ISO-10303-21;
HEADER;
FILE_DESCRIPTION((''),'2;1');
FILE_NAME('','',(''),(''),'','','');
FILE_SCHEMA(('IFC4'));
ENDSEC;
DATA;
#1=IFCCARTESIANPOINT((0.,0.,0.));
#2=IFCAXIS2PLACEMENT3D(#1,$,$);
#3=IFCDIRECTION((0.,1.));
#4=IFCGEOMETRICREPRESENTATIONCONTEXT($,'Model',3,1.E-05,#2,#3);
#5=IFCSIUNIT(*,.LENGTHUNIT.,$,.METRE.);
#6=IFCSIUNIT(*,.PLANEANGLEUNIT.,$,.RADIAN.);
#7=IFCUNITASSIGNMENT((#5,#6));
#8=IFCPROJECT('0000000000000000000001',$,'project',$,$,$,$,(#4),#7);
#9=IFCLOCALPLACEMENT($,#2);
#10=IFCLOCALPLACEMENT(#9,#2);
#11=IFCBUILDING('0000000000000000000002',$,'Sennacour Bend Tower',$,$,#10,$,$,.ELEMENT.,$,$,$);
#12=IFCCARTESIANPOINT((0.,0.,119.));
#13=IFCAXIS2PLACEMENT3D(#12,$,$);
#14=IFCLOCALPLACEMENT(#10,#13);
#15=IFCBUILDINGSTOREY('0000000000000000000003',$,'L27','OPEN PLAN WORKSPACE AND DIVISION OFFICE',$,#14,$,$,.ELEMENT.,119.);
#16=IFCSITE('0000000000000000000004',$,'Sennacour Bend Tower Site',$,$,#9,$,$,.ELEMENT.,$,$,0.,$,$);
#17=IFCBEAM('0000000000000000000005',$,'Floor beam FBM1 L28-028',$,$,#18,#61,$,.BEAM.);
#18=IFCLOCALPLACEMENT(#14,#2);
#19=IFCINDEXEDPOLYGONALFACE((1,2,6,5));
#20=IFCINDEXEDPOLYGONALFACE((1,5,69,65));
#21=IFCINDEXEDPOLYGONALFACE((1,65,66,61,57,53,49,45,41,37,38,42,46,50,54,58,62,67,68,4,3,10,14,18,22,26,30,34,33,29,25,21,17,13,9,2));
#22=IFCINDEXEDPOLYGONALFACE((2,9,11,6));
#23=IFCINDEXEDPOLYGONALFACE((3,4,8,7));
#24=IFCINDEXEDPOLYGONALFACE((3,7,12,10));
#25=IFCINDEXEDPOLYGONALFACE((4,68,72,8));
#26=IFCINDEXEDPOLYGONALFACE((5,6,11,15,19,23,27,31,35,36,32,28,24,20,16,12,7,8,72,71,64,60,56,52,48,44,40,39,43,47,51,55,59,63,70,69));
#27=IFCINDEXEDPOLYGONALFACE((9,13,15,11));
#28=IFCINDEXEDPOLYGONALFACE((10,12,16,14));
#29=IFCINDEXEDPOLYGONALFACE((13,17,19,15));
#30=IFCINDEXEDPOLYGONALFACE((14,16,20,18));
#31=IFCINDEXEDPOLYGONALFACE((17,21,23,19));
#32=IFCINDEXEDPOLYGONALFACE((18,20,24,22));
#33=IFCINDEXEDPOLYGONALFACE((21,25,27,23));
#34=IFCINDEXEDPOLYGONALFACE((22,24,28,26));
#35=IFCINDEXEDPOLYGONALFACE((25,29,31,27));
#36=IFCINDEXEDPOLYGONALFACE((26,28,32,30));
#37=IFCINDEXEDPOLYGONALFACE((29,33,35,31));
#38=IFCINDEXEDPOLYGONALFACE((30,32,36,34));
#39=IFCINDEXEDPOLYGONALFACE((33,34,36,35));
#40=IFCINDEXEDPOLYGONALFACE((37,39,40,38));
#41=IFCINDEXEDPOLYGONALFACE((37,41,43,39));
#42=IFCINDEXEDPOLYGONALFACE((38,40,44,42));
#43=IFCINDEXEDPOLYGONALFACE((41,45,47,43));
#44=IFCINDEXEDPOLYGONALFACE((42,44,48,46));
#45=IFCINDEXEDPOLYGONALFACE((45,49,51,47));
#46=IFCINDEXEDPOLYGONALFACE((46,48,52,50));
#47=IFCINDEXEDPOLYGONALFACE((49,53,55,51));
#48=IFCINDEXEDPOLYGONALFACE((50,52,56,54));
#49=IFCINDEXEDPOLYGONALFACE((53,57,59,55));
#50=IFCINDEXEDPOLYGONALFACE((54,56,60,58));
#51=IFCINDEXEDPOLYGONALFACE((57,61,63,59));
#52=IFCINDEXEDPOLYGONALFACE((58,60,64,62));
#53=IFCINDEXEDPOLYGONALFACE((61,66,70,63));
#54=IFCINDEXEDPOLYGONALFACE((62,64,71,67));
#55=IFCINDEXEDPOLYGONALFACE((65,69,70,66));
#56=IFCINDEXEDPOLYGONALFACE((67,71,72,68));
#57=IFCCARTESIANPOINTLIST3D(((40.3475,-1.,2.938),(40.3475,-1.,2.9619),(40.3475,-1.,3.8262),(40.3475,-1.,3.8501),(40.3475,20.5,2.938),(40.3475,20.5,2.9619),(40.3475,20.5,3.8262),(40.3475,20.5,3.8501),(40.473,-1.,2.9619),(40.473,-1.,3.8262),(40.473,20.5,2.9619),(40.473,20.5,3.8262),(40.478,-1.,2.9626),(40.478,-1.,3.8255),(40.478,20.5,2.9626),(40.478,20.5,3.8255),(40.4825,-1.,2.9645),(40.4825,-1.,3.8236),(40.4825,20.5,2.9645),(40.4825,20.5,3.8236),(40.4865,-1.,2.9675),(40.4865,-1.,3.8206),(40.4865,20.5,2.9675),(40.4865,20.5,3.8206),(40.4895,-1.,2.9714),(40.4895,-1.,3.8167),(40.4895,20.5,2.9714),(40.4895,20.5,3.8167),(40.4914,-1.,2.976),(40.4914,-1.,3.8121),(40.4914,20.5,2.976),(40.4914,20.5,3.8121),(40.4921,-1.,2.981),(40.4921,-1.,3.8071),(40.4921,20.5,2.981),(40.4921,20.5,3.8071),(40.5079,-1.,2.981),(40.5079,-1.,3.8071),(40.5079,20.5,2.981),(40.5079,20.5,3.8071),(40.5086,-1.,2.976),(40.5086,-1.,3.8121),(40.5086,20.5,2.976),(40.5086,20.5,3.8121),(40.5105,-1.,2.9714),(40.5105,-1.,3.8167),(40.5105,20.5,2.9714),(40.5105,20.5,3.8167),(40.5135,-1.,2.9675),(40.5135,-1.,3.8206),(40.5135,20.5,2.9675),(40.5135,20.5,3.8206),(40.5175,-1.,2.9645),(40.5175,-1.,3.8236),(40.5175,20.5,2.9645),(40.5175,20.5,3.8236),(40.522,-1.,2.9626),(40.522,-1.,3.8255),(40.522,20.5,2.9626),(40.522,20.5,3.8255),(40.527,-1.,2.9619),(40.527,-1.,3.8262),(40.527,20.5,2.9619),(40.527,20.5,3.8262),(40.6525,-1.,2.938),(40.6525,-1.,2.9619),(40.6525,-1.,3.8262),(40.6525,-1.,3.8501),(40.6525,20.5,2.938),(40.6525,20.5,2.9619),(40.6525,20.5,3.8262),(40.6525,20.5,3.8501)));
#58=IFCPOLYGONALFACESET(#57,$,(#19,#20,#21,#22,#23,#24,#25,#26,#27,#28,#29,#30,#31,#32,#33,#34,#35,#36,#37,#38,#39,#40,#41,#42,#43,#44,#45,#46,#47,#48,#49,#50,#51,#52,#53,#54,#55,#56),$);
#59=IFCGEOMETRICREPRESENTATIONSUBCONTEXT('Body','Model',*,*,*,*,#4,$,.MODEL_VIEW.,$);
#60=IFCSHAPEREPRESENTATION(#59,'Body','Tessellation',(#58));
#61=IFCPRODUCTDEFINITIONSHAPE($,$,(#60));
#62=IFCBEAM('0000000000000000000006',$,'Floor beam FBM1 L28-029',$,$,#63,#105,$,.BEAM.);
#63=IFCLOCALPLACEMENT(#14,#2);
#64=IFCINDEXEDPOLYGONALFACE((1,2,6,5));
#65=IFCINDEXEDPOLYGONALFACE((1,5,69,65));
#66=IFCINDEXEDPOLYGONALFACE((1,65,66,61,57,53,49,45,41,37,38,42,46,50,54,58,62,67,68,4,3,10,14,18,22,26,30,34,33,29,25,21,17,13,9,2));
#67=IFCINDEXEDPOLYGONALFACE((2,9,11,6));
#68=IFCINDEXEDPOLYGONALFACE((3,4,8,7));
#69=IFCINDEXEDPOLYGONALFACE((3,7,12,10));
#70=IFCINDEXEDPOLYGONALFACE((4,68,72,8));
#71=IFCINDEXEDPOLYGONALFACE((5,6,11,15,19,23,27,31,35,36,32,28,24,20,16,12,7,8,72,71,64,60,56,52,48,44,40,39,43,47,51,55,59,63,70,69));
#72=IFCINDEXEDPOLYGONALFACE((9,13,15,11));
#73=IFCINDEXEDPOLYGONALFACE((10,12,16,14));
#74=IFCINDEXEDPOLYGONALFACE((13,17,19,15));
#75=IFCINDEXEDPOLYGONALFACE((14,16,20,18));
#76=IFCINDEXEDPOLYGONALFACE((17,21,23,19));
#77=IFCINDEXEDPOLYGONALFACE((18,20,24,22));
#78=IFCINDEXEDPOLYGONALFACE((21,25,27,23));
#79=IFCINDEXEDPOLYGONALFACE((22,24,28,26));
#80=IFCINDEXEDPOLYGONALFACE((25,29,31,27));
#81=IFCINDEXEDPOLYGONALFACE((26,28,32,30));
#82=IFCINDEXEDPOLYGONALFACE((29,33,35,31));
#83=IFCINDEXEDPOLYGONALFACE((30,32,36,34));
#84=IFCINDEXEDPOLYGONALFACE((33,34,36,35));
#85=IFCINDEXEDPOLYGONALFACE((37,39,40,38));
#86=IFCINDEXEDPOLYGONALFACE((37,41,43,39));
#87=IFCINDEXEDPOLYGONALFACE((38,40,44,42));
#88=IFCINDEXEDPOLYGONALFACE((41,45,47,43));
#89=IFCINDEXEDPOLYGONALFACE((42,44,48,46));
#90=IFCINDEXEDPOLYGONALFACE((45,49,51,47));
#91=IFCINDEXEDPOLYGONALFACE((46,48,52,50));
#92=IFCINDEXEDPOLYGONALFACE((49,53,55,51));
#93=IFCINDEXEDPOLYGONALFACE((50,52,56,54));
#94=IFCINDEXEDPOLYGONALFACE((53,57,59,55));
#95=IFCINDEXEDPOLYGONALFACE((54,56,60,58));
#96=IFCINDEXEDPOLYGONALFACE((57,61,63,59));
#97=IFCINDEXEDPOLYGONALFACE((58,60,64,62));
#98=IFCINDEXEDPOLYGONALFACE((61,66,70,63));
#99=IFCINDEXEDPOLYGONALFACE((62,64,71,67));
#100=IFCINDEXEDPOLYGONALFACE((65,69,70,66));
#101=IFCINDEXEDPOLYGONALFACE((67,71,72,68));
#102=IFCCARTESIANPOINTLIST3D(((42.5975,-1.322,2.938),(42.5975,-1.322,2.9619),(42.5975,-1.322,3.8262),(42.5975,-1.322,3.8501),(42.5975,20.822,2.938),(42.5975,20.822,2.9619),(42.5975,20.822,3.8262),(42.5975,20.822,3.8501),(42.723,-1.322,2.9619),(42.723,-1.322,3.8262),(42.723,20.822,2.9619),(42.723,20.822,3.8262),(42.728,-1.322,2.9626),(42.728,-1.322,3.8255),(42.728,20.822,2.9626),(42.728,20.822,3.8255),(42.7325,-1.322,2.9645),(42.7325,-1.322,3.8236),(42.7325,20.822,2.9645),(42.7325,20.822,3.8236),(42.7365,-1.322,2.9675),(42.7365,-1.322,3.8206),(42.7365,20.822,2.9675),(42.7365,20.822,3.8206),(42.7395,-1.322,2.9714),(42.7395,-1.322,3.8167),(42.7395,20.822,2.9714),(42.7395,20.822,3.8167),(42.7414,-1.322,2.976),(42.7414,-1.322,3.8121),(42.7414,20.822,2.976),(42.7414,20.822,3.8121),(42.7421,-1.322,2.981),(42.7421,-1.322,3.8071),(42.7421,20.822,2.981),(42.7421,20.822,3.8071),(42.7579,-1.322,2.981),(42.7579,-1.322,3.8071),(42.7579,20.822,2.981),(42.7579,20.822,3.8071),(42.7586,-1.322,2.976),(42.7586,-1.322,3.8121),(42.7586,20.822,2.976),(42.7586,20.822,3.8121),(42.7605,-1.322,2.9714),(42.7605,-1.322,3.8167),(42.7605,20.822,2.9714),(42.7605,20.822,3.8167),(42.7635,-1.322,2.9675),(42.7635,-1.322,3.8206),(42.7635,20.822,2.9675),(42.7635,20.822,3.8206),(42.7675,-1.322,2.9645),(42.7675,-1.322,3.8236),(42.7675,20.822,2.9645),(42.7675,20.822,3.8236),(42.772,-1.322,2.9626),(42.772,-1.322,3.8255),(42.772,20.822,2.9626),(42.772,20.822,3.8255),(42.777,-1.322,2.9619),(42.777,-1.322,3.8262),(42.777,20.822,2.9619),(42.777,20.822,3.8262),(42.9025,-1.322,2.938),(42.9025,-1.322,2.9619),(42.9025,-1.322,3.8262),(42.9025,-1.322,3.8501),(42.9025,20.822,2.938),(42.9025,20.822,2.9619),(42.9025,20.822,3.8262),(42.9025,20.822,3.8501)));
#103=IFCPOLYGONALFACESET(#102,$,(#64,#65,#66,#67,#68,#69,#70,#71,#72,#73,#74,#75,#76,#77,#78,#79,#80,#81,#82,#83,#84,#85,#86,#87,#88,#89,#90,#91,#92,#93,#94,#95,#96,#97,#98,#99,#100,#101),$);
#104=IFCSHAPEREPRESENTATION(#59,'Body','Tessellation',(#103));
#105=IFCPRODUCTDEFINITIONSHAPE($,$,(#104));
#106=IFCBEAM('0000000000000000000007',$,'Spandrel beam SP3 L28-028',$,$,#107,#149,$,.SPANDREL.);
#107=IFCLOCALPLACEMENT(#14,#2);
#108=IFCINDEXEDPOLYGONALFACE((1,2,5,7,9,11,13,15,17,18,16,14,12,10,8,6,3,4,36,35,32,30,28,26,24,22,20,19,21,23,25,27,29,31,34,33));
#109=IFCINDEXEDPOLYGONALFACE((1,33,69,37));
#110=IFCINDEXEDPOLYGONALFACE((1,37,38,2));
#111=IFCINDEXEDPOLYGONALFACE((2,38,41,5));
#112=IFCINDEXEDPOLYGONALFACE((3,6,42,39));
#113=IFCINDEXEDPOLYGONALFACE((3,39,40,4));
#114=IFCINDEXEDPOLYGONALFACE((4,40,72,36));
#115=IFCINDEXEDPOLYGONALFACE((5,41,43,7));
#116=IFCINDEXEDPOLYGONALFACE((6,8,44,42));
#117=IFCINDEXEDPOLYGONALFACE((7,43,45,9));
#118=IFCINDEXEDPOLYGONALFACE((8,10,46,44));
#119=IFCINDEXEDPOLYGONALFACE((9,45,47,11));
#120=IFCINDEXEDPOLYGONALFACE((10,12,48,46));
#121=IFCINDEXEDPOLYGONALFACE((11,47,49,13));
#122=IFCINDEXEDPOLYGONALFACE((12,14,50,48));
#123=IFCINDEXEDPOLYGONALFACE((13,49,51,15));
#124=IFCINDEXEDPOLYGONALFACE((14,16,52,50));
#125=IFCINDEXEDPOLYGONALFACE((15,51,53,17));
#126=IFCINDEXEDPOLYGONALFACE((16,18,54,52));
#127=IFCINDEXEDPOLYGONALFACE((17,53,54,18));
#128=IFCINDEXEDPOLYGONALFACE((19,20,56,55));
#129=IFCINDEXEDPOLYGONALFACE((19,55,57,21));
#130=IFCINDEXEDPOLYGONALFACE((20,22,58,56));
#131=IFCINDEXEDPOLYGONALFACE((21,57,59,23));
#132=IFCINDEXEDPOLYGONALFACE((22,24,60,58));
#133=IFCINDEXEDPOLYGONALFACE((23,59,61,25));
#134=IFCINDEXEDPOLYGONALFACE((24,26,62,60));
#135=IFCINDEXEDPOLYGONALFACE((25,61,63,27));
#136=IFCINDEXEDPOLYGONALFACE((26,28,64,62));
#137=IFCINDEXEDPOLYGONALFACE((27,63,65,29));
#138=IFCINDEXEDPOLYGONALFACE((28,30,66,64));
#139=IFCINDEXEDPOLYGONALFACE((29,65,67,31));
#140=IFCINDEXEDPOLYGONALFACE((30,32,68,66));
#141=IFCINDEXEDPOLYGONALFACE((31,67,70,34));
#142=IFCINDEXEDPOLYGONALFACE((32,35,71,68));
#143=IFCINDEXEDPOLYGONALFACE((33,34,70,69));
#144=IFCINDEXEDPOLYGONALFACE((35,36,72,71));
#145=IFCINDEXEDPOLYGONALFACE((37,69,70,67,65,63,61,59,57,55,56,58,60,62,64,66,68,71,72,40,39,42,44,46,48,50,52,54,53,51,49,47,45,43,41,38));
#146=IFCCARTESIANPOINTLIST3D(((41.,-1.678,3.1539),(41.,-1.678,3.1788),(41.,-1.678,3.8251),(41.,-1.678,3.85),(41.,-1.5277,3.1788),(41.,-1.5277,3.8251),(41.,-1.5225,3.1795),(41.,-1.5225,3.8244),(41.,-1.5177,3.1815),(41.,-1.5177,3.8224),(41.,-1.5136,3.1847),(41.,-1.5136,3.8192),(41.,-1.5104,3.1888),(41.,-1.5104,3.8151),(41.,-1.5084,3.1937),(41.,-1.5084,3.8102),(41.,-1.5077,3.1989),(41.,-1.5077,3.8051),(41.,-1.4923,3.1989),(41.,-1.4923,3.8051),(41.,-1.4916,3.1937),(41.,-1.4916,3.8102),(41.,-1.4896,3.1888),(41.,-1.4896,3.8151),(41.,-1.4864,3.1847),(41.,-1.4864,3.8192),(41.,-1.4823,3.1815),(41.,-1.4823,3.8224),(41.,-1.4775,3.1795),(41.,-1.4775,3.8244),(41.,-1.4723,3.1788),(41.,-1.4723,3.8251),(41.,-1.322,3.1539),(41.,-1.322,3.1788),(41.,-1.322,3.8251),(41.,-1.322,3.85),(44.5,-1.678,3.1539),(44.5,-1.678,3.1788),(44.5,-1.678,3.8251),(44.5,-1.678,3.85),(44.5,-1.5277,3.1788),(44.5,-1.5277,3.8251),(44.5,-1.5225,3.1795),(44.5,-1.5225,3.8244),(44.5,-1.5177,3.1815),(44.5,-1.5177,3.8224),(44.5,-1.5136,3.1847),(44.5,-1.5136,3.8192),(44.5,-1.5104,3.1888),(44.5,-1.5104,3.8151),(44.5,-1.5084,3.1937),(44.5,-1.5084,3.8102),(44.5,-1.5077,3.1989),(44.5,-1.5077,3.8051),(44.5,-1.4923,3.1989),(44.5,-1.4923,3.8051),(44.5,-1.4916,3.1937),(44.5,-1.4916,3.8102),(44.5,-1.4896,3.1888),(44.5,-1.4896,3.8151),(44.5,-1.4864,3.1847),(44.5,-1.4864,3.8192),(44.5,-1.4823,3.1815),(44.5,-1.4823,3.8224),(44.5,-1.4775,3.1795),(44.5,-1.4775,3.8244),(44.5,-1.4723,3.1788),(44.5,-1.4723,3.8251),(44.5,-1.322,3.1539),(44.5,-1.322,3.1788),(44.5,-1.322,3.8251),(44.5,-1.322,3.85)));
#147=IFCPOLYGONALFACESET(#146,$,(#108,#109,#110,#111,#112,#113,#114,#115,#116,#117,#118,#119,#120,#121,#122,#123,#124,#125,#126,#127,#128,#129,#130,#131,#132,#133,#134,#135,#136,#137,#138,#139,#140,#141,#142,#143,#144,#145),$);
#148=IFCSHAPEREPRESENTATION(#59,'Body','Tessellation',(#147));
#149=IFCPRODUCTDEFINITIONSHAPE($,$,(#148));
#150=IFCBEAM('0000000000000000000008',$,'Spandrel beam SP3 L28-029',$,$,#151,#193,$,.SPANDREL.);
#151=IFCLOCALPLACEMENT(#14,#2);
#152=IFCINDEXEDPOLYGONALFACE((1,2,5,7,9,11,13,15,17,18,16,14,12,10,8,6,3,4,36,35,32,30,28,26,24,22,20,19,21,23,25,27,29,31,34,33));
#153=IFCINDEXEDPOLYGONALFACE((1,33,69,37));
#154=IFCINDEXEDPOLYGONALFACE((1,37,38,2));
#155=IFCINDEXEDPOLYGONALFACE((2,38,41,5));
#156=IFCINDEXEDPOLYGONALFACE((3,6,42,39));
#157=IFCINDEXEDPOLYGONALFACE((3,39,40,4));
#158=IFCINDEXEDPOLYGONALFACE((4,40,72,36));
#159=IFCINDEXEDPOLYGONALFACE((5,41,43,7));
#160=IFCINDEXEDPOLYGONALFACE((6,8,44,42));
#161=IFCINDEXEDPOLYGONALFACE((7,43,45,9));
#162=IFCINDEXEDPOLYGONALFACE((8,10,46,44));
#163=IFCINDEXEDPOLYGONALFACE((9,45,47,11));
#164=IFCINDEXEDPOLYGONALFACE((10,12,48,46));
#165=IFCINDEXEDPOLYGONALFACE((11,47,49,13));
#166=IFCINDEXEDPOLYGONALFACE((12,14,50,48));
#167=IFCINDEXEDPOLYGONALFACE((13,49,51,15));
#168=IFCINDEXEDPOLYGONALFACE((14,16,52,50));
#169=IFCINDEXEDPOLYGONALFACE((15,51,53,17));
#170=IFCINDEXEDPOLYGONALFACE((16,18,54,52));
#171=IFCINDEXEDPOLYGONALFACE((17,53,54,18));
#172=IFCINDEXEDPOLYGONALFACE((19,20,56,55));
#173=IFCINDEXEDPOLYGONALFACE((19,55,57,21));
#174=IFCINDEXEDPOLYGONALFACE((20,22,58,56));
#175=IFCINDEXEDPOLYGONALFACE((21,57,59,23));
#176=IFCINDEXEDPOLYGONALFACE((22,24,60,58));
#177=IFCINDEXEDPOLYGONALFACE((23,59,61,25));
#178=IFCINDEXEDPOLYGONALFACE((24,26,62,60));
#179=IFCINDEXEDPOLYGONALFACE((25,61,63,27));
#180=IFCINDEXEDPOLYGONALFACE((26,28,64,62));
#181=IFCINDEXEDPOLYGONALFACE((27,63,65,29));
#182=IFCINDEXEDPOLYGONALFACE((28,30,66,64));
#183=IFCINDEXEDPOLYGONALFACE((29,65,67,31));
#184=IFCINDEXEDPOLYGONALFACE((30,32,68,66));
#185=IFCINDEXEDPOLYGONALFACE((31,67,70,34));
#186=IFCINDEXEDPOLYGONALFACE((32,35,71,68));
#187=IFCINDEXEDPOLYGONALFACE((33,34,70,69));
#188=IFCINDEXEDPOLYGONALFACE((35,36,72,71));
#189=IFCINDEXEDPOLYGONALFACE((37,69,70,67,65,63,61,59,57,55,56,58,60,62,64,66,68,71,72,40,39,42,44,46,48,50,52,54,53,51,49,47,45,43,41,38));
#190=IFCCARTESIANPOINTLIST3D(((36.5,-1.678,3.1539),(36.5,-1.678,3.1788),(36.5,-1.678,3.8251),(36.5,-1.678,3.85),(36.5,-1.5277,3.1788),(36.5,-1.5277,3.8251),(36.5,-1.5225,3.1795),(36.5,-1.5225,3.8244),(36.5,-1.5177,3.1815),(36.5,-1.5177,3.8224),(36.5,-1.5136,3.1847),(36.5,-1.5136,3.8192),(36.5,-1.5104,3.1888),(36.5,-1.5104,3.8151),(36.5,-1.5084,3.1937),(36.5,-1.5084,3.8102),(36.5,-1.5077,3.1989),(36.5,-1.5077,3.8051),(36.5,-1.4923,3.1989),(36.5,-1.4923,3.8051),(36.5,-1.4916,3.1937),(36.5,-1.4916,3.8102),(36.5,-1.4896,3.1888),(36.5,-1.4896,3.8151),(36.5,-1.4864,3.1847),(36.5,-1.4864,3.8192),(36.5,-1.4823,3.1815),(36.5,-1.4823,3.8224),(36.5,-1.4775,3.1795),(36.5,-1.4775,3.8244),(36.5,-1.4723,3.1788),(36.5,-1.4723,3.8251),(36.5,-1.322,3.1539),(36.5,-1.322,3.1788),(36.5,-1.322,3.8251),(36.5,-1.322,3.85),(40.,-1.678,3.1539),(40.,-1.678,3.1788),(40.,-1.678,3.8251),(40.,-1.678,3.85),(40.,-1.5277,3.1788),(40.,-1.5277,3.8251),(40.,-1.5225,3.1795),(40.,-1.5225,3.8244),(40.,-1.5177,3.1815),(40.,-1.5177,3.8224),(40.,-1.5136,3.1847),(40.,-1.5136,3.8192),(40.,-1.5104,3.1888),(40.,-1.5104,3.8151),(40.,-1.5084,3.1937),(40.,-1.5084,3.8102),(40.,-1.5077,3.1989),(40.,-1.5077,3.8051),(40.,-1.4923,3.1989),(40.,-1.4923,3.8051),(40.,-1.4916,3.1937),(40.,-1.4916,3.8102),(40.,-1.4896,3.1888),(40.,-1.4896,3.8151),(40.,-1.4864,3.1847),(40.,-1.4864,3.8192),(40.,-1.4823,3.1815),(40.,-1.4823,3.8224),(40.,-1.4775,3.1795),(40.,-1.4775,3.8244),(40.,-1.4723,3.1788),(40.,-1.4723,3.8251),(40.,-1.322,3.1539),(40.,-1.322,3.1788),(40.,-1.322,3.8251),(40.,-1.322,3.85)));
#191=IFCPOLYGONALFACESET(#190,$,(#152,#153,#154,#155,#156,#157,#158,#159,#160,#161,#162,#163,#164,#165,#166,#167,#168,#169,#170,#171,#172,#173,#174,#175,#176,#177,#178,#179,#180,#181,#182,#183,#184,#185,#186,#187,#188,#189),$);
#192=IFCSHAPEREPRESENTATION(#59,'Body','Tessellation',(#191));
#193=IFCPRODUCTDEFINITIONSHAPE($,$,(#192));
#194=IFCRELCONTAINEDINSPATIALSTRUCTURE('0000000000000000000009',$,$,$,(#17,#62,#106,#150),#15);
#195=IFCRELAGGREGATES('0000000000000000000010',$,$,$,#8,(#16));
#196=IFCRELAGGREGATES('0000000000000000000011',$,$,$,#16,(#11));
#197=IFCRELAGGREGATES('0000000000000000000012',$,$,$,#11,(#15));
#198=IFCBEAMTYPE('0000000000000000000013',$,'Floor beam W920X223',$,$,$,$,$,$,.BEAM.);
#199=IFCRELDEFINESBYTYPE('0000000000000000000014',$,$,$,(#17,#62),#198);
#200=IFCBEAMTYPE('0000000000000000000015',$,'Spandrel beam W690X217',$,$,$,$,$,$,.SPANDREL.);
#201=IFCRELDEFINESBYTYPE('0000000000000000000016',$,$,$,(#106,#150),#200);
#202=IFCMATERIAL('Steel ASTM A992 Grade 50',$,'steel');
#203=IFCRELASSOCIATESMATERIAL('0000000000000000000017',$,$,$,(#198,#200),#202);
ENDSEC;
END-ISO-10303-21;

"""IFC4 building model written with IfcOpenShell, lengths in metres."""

from ifc_helpers import new_model, si_unit, direction, frame, origin, origin_2d, place, context, subcontext, project, spatial, i_section, extrude, material, material_profile, profile_set, type_object, element, save


model = new_model("IFC4")

# Units and contexts
model_context = context("Model", 3, precision=1e-05, world=origin(), true_north=direction((0.0, 1.0)))
body_context = subcontext(model_context, "Body", "Model", "MODEL_VIEW")
ifc_project = project(units=[si_unit("LENGTHUNIT", "METRE"), si_unit("PLANEANGLEUNIT", "RADIAN")], contexts=[model_context])

# Site, building, storey
site_placement = place(None, origin())
site = spatial("IfcSite", under=ifc_project, at=site_placement, Name="Sennacour Bend Tower Site", CompositionType="ELEMENT", RefElevation=0.0)
building_placement = place(site_placement, origin())
building = spatial("IfcBuilding", under=site, at=building_placement, Name="Sennacour Bend Tower", CompositionType="ELEMENT")
storey_placement = place(building_placement, frame((0.0, 0.0, 119.0)))
storey = spatial("IfcBuildingStorey", under=building, at=storey_placement, Name="L27", Description="OPEN PLAN WORKSPACE AND DIVISION OFFICE", CompositionType="ELEMENT", Elevation=119.0)

# Beams
ifc_material_1 = material(Name="Steel ASTM A992 Grade 50", Category="steel")
ifc_material_profile_1 = material_profile(ifc_material_1, i_section(OverallWidth=0.3049, OverallDepth=0.9121, WebThickness=0.0159, FlangeThickness=0.0239, FilletRadius=0.019, at=origin_2d()), Name="Steel ASTM A992 Grade 50", Category="steel")
ifc_profile_set_1 = profile_set([ifc_material_profile_1], Name="Steel ASTM A992 Grade 50")
beam_type_1 = type_object("IfcBeamType", Name="Floor beam W920X223", PredefinedType="BEAM", material=ifc_profile_set_1)
beam_1_placement = place(storey_placement, frame((40.5, -1.0, 3.394), z_axis=(0.0, 1.0, 0.0), x_axis=(-1.0, 0.0, 0.0)))
element("IfcBeam", 1, at=beam_1_placement, inside=storey, type_object=beam_type_1, Name="Floor beam FBM1 L28-028", PredefinedType="BEAM", context=body_context, shape_type="SweptSolid", body=[
    extrude(i_section(OverallWidth=0.3049, OverallDepth=0.9121, WebThickness=0.0159, FlangeThickness=0.0239, FilletRadius=0.019, at=origin_2d()), origin(), (0.0, 0.0, 1.0), 21.5),
])
beam_2_placement = place(storey_placement, frame((42.75, -1.322, 3.394), z_axis=(0.0, 1.0, 0.0), x_axis=(-1.0, 0.0, 0.0)))
element("IfcBeam", 2, at=beam_2_placement, inside=storey, type_object=beam_type_1, Name="Floor beam FBM1 L28-029", PredefinedType="BEAM", context=body_context, shape_type="SweptSolid", body=[
    extrude(i_section(OverallWidth=0.3049, OverallDepth=0.9121, WebThickness=0.0159, FlangeThickness=0.0239, FilletRadius=0.019, at=origin_2d()), origin(), (0.0, 0.0, 1.0), 22.144),
])
ifc_material_profile_2 = material_profile(ifc_material_1, i_section(OverallWidth=0.356, OverallDepth=0.696, WebThickness=0.0154, FlangeThickness=0.0249, FilletRadius=0.02, at=origin_2d()), Name="Steel ASTM A992 Grade 50", Category="steel")
ifc_profile_set_2 = profile_set([ifc_material_profile_2], Name="Steel ASTM A992 Grade 50")
beam_type_2 = type_object("IfcBeamType", Name="Spandrel beam W690X217", PredefinedType="SPANDREL", material=ifc_profile_set_2)
for number, where, z_axis, x_axis, name in (
    (3, (44.5, -1.5, 3.502), (-1.0, 0.0, 0.0), (0.0, -1.0, 0.0), "Spandrel beam SP3 L28-028"),
    (4, (40.0, -1.5, 3.502), (-1.0, 0.0, 0.0), (0.0, -1.0, 0.0), "Spandrel beam SP3 L28-029"),
):
    element("IfcBeam", number, at=place(storey_placement, frame(where, z_axis=z_axis, x_axis=x_axis)), inside=storey, type_object=beam_type_2, Name=name, PredefinedType="SPANDREL", context=body_context, shape_type="SweptSolid", body=[
        extrude(i_section(OverallWidth=0.356, OverallDepth=0.696, WebThickness=0.0154, FlangeThickness=0.0249, FilletRadius=0.02, at=origin_2d()), origin(), (0.0, 0.0, 1.0), 3.5),
    ])

save(model, "model.ifc")
